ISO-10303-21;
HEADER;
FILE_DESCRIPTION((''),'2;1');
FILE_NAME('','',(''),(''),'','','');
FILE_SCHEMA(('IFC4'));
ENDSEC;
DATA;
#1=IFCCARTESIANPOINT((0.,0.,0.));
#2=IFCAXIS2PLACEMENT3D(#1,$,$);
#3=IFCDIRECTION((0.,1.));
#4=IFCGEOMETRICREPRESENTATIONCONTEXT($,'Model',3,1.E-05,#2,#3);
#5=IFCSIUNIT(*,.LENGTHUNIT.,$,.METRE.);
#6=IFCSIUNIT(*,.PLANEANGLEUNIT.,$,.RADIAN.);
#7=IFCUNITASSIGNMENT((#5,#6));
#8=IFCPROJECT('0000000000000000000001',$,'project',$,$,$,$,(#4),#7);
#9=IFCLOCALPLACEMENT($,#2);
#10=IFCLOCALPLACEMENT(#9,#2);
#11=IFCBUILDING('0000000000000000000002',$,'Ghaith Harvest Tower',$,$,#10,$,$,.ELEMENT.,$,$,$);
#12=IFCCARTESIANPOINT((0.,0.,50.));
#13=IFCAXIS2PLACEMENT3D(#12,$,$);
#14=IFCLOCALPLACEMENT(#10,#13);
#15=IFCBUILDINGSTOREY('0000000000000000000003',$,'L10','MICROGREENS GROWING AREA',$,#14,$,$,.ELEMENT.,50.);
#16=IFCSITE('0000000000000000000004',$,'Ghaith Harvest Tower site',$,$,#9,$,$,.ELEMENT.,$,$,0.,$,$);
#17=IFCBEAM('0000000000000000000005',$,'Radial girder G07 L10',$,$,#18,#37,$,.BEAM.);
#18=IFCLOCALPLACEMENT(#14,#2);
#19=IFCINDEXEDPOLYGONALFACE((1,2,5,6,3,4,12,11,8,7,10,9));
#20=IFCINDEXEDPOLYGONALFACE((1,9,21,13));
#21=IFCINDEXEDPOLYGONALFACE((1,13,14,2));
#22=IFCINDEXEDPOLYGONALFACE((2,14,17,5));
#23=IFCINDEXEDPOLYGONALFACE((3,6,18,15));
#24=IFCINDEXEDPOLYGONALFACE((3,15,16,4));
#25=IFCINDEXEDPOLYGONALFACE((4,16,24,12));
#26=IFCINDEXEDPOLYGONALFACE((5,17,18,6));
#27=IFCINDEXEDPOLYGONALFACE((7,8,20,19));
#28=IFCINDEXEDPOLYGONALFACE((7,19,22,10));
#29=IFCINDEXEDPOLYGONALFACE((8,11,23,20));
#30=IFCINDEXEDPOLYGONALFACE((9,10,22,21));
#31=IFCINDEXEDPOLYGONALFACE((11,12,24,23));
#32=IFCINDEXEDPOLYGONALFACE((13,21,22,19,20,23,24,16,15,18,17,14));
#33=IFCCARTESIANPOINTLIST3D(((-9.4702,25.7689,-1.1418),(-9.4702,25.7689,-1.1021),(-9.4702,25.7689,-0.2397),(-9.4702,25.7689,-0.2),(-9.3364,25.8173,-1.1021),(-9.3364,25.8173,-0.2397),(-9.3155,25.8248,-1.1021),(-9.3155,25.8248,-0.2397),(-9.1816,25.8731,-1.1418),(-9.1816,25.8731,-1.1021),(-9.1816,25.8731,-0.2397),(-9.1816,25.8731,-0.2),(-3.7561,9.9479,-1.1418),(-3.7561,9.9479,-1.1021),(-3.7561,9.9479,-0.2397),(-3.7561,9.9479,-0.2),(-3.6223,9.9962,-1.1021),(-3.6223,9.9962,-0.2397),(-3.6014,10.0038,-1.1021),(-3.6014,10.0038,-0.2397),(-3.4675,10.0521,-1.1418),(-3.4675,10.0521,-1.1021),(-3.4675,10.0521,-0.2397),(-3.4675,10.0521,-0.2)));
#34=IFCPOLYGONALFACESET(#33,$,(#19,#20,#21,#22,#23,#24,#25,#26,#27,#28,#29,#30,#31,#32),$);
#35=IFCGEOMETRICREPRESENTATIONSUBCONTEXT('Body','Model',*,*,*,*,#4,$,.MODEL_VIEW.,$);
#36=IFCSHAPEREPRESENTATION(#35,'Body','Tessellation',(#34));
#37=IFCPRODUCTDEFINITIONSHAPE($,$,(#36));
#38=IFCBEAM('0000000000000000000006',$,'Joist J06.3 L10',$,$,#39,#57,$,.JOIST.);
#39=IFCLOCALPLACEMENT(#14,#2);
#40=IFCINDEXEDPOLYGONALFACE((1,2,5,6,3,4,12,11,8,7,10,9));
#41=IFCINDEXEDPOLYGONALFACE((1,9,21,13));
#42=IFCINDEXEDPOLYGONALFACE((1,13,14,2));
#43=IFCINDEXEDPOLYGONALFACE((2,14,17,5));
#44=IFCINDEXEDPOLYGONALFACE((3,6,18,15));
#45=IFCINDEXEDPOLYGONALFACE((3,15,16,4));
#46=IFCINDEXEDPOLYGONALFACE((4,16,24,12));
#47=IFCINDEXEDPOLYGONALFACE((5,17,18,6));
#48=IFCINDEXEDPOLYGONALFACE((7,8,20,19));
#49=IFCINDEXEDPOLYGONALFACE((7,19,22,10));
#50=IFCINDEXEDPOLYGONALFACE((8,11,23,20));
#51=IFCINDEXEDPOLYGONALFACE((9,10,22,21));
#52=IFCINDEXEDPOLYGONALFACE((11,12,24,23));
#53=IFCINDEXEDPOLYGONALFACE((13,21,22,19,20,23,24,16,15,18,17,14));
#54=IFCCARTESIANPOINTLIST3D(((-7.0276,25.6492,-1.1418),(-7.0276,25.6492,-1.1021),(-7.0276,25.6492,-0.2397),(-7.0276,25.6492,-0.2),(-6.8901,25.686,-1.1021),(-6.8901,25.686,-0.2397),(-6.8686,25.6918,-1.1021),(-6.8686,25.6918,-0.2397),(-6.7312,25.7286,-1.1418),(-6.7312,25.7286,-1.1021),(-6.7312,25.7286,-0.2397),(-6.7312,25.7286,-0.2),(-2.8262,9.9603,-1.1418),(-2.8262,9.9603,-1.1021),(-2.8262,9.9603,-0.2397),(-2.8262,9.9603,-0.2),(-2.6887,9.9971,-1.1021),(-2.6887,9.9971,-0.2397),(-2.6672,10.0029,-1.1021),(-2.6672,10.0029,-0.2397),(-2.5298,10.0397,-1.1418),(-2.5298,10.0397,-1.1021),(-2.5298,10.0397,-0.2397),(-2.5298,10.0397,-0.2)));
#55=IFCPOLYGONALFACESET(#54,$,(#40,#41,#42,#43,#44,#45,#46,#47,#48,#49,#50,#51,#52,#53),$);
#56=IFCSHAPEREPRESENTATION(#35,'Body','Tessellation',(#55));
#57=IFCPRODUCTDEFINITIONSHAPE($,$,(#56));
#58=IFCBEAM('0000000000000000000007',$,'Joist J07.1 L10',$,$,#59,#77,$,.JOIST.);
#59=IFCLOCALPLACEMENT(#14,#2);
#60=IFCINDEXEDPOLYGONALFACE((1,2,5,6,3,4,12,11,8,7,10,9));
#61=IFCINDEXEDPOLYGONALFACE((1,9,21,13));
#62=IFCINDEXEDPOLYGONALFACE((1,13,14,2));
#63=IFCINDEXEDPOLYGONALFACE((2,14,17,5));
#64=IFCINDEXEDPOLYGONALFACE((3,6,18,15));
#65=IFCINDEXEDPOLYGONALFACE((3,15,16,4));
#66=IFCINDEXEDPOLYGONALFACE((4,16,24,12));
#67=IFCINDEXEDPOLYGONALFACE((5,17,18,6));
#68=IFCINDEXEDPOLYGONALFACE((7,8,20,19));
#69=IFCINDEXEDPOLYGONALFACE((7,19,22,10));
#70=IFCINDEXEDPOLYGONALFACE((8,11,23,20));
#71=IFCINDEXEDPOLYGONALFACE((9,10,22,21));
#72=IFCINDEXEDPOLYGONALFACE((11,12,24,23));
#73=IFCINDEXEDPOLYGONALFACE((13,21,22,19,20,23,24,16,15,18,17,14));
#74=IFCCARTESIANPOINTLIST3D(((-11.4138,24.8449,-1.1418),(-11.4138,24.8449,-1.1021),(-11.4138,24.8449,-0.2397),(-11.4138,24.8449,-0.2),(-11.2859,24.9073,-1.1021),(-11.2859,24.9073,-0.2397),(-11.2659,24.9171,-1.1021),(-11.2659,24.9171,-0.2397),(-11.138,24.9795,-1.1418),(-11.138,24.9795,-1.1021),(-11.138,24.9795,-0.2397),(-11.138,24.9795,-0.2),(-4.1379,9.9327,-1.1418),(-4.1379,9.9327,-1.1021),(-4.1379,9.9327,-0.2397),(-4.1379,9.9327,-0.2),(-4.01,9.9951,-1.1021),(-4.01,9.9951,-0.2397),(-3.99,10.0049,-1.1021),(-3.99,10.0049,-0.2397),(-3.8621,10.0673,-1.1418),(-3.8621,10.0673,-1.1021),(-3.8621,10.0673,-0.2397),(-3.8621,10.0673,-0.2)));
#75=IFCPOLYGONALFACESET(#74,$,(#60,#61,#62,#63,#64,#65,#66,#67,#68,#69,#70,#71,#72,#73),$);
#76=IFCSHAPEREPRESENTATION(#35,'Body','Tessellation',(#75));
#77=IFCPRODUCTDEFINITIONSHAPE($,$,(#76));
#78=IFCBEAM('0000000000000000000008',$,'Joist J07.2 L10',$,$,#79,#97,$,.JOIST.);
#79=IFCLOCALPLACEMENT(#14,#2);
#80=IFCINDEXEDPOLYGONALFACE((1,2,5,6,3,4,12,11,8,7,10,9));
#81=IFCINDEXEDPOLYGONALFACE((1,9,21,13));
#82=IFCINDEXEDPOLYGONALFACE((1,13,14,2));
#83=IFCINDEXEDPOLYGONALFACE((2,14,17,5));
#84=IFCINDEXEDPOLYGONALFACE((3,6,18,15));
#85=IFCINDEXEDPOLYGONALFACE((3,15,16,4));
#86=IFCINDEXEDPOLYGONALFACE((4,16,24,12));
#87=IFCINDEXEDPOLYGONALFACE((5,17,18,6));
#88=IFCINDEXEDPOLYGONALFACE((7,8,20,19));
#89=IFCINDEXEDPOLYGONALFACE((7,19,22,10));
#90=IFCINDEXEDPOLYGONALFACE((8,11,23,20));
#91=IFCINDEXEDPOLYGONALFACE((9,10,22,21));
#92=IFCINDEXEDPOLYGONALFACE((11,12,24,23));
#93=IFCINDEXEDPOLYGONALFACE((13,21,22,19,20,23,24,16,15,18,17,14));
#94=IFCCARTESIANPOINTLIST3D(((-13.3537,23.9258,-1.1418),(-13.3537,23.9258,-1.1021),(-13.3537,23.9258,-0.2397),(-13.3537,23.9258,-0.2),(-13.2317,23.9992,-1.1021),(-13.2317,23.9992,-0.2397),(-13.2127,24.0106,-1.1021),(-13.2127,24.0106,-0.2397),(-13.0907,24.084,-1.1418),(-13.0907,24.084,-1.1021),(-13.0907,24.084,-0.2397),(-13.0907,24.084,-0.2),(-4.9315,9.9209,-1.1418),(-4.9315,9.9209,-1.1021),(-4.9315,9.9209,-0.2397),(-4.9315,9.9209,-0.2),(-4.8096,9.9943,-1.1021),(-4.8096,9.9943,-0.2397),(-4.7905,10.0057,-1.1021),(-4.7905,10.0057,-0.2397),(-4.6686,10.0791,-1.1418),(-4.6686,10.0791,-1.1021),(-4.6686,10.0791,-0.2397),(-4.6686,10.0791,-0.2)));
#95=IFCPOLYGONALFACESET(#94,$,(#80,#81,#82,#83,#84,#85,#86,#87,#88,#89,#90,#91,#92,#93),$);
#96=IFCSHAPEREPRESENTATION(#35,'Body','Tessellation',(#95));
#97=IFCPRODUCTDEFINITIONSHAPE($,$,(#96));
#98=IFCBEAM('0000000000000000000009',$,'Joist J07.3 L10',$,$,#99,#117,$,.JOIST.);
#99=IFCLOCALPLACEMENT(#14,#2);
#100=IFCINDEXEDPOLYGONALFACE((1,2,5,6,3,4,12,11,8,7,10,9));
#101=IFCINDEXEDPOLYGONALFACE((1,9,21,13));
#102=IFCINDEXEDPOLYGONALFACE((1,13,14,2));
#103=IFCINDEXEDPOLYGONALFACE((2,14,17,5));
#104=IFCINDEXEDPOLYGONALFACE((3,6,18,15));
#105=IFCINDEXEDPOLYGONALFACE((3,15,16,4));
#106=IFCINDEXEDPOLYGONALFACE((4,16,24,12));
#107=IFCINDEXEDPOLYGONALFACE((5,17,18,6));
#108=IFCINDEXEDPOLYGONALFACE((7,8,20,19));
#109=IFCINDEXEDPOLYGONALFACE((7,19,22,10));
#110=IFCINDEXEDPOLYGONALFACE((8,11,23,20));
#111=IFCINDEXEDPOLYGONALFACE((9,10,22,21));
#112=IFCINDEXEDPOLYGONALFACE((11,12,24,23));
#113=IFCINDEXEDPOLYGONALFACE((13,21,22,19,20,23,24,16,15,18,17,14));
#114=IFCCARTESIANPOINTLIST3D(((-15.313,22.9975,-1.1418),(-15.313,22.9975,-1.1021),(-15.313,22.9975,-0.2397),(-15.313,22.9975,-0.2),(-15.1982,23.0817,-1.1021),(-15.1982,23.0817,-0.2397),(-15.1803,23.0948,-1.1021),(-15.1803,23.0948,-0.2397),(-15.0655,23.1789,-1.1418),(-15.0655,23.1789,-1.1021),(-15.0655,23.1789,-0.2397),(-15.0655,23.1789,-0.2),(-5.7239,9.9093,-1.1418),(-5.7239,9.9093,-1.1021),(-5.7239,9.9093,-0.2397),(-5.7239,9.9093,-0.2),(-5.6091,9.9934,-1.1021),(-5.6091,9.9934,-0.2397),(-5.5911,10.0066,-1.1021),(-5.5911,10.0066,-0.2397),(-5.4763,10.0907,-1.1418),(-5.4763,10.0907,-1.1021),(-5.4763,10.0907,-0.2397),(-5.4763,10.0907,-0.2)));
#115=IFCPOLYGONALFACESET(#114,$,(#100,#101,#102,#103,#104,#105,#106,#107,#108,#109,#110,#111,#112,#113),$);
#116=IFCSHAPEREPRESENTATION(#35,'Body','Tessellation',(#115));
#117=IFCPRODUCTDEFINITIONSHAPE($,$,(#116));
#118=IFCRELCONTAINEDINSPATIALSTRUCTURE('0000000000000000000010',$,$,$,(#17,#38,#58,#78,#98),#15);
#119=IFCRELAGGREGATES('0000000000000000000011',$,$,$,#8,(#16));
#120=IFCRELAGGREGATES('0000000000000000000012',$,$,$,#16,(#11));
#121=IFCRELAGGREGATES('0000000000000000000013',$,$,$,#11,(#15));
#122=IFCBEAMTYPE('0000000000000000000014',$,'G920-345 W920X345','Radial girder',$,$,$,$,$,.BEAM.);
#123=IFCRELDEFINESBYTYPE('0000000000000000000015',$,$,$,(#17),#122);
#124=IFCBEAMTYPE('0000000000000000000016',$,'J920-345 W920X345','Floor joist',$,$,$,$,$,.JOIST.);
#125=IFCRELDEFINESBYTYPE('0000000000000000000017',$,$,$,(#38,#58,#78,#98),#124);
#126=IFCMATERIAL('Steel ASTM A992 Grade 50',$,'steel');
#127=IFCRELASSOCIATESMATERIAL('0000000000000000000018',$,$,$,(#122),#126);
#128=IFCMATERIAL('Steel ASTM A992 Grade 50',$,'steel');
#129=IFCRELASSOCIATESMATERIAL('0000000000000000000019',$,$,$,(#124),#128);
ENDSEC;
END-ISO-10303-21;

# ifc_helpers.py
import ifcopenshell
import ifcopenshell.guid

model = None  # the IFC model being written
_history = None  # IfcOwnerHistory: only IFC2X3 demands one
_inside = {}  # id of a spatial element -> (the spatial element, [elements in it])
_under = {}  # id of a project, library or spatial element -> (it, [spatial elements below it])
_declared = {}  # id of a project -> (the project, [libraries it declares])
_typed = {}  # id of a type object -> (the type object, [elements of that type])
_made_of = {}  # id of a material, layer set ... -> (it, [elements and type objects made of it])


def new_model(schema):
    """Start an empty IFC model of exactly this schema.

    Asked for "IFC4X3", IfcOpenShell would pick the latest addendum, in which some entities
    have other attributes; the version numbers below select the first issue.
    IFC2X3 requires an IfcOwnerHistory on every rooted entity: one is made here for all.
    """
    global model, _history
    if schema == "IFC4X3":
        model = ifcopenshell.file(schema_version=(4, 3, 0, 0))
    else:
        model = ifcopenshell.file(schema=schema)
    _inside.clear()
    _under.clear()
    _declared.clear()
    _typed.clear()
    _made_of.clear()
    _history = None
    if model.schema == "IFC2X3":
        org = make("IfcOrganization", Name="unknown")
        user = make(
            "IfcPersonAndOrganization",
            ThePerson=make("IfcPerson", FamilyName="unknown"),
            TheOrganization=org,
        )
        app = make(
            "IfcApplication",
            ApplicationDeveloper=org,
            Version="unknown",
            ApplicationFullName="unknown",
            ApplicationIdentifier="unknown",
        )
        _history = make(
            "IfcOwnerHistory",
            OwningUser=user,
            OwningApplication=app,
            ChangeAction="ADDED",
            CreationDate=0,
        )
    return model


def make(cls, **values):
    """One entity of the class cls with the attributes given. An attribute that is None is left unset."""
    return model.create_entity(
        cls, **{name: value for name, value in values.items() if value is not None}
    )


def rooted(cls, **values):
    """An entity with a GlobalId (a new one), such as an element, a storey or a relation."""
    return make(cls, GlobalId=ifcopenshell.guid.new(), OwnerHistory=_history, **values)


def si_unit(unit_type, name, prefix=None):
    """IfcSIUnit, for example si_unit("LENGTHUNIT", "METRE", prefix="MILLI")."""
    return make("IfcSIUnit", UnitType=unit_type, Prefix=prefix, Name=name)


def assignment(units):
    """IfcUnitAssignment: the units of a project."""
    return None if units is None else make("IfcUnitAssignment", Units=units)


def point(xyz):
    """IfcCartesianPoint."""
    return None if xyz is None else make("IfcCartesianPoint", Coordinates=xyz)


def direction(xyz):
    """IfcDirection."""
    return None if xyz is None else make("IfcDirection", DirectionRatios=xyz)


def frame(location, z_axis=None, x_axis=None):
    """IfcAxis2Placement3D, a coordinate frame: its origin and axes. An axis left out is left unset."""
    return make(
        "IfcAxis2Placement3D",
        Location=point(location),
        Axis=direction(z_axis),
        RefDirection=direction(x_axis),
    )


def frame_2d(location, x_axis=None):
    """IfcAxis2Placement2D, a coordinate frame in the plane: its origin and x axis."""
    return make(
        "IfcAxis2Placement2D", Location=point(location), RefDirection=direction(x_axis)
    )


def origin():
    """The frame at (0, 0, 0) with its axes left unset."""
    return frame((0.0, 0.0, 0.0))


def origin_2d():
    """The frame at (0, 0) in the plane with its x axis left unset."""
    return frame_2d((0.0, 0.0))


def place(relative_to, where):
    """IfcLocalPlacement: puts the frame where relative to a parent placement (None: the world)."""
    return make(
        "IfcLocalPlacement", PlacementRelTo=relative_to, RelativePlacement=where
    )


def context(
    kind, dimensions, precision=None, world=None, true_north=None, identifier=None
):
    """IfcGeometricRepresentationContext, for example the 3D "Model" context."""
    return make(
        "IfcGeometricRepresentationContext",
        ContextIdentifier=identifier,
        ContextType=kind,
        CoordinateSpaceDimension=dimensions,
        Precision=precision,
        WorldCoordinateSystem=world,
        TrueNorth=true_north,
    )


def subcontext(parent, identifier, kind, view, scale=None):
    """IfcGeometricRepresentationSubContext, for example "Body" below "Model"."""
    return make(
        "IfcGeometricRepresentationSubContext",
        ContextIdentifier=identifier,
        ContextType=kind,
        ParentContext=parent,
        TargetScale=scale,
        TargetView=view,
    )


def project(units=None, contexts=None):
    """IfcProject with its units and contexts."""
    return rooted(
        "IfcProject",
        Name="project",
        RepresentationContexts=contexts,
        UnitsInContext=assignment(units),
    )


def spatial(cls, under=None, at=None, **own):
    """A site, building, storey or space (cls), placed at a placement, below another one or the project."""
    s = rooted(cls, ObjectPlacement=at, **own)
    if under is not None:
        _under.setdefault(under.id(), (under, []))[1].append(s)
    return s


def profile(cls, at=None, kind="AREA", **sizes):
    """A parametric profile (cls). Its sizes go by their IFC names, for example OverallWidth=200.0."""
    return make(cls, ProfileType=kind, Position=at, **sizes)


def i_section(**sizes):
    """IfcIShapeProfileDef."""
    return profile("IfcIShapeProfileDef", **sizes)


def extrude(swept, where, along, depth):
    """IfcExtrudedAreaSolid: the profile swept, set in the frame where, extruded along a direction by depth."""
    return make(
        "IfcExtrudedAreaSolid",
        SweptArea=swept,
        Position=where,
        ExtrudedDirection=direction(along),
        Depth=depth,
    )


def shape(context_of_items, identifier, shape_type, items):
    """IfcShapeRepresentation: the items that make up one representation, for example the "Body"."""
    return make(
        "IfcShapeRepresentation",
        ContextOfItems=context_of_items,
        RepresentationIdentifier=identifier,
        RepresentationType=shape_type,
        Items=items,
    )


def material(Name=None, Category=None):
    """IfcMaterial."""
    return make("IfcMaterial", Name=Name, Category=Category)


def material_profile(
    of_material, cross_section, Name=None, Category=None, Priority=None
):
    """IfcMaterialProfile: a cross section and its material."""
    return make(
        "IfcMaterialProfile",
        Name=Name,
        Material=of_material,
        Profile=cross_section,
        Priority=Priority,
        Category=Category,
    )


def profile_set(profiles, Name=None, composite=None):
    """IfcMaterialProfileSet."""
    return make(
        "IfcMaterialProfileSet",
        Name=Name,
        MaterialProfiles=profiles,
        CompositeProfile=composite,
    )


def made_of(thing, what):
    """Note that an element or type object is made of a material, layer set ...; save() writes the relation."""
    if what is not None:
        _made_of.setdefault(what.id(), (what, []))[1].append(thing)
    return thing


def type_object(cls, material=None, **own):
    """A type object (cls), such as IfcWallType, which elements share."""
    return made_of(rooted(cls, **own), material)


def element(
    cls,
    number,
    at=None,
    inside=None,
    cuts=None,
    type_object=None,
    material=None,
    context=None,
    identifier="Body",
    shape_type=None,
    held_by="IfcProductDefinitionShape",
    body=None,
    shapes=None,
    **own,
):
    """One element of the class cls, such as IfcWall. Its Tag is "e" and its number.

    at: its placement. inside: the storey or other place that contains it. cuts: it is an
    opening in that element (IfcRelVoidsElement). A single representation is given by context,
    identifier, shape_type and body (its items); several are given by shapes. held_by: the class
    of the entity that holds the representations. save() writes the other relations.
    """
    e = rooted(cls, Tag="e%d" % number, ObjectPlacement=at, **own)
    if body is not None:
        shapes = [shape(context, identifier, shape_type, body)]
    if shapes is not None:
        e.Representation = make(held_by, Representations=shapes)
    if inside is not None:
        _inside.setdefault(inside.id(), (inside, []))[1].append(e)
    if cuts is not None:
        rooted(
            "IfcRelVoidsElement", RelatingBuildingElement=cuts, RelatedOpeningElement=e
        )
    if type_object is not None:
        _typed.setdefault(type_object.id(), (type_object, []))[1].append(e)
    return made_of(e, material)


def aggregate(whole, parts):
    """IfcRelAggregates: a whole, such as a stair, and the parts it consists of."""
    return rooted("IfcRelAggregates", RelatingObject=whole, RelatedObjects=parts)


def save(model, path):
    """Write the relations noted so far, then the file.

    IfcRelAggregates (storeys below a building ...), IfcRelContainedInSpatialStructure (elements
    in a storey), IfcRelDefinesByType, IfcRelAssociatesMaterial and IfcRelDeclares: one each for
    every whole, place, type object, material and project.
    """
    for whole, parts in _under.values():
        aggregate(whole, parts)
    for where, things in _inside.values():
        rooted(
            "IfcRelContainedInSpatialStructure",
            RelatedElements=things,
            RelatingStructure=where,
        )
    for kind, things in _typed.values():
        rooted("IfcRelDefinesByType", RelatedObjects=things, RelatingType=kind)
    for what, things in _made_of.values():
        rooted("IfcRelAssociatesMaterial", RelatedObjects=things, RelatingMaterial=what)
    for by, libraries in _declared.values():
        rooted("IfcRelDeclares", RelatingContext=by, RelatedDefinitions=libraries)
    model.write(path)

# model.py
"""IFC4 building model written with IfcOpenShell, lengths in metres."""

from ifc_helpers import new_model, si_unit, direction, frame, origin, origin_2d, place, context, subcontext, project, spatial, i_section, extrude, material, material_profile, profile_set, type_object, element, save


model = new_model("IFC4")

# Units and contexts
model_context = context("Model", 3, precision=1e-05, world=origin(), true_north=direction((0.0, 1.0)))
body_context = subcontext(model_context, "Body", "Model", "MODEL_VIEW")
ifc_project = project(units=[si_unit("LENGTHUNIT", "METRE"), si_unit("PLANEANGLEUNIT", "RADIAN")], contexts=[model_context])

# Site, building, storey
site_placement = place(None, origin())
site = spatial("IfcSite", under=ifc_project, at=site_placement, Name="Ghaith Harvest Tower site", CompositionType="ELEMENT", RefElevation=0.0)
building_placement = place(site_placement, origin())
building = spatial("IfcBuilding", under=site, at=building_placement, Name="Ghaith Harvest Tower", CompositionType="ELEMENT")
storey_placement = place(building_placement, frame((0.0, 0.0, 50.0)))
storey = spatial("IfcBuildingStorey", under=building, at=storey_placement, Name="L10", Description="MICROGREENS GROWING AREA", CompositionType="ELEMENT", Elevation=50.0)

# Beams
ifc_material_1 = material(Name="Steel ASTM A992 Grade 50", Category="steel")
ifc_material_profile_1 = material_profile(ifc_material_1, i_section(OverallWidth=0.3069, OverallDepth=0.9419, WebThickness=0.0222, FlangeThickness=0.0398, at=origin_2d()), Name="W920X345")
ifc_profile_set_1 = profile_set([ifc_material_profile_1], Name="Steel ASTM A992 Grade 50")
beam_type_1 = type_object("IfcBeamType", Name="G920-345 W920X345", Description="Radial girder", PredefinedType="BEAM", material=ifc_profile_set_1)
beam_1_placement = place(storey_placement, frame((-3.6118, 10.0, -0.6709), z_axis=(-0.339695, 0.940536, 0.0), x_axis=(-0.940536, -0.339695, 0.0)))
element("IfcBeam", 1, at=beam_1_placement, inside=storey, type_object=beam_type_1, Name="Radial girder G07 L10", PredefinedType="BEAM", context=body_context, shape_type="SweptSolid", body=[
    extrude(i_section(OverallWidth=0.3069, OverallDepth=0.9419, WebThickness=0.0222, FlangeThickness=0.0398, at=origin_2d()), origin(), (0.0, 0.0, 1.0), 16.8213),
])
ifc_material_2 = material(Name="Steel ASTM A992 Grade 50", Category="steel")
ifc_material_profile_2 = material_profile(ifc_material_2, i_section(OverallWidth=0.3069, OverallDepth=0.9419, WebThickness=0.0222, FlangeThickness=0.0398, at=origin_2d()), Name="W920X345")
ifc_profile_set_2 = profile_set([ifc_material_profile_2], Name="Steel ASTM A992 Grade 50")
beam_type_2 = type_object("IfcBeamType", Name="J920-345 W920X345", Description="Floor joist", PredefinedType="JOIST", material=ifc_profile_set_2)
beam_2_placement = place(storey_placement, frame((-2.678, 10.0, -0.6709), z_axis=(-0.258679, 0.965963, 0.0), x_axis=(-0.965963, -0.258679, 0.0)))
element("IfcBeam", 2, at=beam_2_placement, inside=storey, type_object=beam_type_2, Name="Joist J06.3 L10", PredefinedType="JOIST", context=body_context, shape_type="SweptSolid", body=[
    extrude(i_section(OverallWidth=0.3069, OverallDepth=0.9419, WebThickness=0.0222, FlangeThickness=0.0398, at=origin_2d()), origin(), (0.0, 0.0, 1.0), 16.2417),
])
beam_3_placement = place(storey_placement, frame((-4.0, 10.0, -0.6709), z_axis=(-0.438505, 0.898729, 0.0), x_axis=(-0.898729, -0.438505, 0.0)))
element("IfcBeam", 3, at=beam_3_placement, inside=storey, type_object=beam_type_2, Name="Joist J07.1 L10", PredefinedType="JOIST", context=body_context, shape_type="SweptSolid", body=[
    extrude(i_section(OverallWidth=0.3069, OverallDepth=0.9419, WebThickness=0.0222, FlangeThickness=0.0398, at=origin_2d()), origin(), (0.0, 0.0, 1.0), 16.5925),
])
beam_4_placement = place(storey_placement, frame((-4.8, 10.0, -0.6709), z_axis=(-0.515359, 0.856974, 0.0), x_axis=(-0.856974, -0.515359, 0.0)))
element("IfcBeam", 4, at=beam_4_placement, inside=storey, type_object=beam_type_2, Name="Joist J07.2 L10", PredefinedType="JOIST", context=body_context, shape_type="SweptSolid", body=[
    extrude(i_section(OverallWidth=0.3069, OverallDepth=0.9419, WebThickness=0.0222, FlangeThickness=0.0398, at=origin_2d()), origin(), (0.0, 0.0, 1.0), 16.3423),
])
beam_5_placement = place(storey_placement, frame((-5.6001, 10.0, -0.6709), z_axis=(-0.591009, 0.806665, 0.0), x_axis=(-0.806665, -0.591009, 0.0)))
element("IfcBeam", 5, at=beam_5_placement, inside=storey, type_object=beam_type_2, Name="Joist J07.3 L10", PredefinedType="JOIST", context=body_context, shape_type="SweptSolid", body=[
    extrude(i_section(OverallWidth=0.3069, OverallDepth=0.9419, WebThickness=0.0222, FlangeThickness=0.0398, at=origin_2d()), origin(), (0.0, 0.0, 1.0), 16.2251),
])

save(model, "model.ifc")
